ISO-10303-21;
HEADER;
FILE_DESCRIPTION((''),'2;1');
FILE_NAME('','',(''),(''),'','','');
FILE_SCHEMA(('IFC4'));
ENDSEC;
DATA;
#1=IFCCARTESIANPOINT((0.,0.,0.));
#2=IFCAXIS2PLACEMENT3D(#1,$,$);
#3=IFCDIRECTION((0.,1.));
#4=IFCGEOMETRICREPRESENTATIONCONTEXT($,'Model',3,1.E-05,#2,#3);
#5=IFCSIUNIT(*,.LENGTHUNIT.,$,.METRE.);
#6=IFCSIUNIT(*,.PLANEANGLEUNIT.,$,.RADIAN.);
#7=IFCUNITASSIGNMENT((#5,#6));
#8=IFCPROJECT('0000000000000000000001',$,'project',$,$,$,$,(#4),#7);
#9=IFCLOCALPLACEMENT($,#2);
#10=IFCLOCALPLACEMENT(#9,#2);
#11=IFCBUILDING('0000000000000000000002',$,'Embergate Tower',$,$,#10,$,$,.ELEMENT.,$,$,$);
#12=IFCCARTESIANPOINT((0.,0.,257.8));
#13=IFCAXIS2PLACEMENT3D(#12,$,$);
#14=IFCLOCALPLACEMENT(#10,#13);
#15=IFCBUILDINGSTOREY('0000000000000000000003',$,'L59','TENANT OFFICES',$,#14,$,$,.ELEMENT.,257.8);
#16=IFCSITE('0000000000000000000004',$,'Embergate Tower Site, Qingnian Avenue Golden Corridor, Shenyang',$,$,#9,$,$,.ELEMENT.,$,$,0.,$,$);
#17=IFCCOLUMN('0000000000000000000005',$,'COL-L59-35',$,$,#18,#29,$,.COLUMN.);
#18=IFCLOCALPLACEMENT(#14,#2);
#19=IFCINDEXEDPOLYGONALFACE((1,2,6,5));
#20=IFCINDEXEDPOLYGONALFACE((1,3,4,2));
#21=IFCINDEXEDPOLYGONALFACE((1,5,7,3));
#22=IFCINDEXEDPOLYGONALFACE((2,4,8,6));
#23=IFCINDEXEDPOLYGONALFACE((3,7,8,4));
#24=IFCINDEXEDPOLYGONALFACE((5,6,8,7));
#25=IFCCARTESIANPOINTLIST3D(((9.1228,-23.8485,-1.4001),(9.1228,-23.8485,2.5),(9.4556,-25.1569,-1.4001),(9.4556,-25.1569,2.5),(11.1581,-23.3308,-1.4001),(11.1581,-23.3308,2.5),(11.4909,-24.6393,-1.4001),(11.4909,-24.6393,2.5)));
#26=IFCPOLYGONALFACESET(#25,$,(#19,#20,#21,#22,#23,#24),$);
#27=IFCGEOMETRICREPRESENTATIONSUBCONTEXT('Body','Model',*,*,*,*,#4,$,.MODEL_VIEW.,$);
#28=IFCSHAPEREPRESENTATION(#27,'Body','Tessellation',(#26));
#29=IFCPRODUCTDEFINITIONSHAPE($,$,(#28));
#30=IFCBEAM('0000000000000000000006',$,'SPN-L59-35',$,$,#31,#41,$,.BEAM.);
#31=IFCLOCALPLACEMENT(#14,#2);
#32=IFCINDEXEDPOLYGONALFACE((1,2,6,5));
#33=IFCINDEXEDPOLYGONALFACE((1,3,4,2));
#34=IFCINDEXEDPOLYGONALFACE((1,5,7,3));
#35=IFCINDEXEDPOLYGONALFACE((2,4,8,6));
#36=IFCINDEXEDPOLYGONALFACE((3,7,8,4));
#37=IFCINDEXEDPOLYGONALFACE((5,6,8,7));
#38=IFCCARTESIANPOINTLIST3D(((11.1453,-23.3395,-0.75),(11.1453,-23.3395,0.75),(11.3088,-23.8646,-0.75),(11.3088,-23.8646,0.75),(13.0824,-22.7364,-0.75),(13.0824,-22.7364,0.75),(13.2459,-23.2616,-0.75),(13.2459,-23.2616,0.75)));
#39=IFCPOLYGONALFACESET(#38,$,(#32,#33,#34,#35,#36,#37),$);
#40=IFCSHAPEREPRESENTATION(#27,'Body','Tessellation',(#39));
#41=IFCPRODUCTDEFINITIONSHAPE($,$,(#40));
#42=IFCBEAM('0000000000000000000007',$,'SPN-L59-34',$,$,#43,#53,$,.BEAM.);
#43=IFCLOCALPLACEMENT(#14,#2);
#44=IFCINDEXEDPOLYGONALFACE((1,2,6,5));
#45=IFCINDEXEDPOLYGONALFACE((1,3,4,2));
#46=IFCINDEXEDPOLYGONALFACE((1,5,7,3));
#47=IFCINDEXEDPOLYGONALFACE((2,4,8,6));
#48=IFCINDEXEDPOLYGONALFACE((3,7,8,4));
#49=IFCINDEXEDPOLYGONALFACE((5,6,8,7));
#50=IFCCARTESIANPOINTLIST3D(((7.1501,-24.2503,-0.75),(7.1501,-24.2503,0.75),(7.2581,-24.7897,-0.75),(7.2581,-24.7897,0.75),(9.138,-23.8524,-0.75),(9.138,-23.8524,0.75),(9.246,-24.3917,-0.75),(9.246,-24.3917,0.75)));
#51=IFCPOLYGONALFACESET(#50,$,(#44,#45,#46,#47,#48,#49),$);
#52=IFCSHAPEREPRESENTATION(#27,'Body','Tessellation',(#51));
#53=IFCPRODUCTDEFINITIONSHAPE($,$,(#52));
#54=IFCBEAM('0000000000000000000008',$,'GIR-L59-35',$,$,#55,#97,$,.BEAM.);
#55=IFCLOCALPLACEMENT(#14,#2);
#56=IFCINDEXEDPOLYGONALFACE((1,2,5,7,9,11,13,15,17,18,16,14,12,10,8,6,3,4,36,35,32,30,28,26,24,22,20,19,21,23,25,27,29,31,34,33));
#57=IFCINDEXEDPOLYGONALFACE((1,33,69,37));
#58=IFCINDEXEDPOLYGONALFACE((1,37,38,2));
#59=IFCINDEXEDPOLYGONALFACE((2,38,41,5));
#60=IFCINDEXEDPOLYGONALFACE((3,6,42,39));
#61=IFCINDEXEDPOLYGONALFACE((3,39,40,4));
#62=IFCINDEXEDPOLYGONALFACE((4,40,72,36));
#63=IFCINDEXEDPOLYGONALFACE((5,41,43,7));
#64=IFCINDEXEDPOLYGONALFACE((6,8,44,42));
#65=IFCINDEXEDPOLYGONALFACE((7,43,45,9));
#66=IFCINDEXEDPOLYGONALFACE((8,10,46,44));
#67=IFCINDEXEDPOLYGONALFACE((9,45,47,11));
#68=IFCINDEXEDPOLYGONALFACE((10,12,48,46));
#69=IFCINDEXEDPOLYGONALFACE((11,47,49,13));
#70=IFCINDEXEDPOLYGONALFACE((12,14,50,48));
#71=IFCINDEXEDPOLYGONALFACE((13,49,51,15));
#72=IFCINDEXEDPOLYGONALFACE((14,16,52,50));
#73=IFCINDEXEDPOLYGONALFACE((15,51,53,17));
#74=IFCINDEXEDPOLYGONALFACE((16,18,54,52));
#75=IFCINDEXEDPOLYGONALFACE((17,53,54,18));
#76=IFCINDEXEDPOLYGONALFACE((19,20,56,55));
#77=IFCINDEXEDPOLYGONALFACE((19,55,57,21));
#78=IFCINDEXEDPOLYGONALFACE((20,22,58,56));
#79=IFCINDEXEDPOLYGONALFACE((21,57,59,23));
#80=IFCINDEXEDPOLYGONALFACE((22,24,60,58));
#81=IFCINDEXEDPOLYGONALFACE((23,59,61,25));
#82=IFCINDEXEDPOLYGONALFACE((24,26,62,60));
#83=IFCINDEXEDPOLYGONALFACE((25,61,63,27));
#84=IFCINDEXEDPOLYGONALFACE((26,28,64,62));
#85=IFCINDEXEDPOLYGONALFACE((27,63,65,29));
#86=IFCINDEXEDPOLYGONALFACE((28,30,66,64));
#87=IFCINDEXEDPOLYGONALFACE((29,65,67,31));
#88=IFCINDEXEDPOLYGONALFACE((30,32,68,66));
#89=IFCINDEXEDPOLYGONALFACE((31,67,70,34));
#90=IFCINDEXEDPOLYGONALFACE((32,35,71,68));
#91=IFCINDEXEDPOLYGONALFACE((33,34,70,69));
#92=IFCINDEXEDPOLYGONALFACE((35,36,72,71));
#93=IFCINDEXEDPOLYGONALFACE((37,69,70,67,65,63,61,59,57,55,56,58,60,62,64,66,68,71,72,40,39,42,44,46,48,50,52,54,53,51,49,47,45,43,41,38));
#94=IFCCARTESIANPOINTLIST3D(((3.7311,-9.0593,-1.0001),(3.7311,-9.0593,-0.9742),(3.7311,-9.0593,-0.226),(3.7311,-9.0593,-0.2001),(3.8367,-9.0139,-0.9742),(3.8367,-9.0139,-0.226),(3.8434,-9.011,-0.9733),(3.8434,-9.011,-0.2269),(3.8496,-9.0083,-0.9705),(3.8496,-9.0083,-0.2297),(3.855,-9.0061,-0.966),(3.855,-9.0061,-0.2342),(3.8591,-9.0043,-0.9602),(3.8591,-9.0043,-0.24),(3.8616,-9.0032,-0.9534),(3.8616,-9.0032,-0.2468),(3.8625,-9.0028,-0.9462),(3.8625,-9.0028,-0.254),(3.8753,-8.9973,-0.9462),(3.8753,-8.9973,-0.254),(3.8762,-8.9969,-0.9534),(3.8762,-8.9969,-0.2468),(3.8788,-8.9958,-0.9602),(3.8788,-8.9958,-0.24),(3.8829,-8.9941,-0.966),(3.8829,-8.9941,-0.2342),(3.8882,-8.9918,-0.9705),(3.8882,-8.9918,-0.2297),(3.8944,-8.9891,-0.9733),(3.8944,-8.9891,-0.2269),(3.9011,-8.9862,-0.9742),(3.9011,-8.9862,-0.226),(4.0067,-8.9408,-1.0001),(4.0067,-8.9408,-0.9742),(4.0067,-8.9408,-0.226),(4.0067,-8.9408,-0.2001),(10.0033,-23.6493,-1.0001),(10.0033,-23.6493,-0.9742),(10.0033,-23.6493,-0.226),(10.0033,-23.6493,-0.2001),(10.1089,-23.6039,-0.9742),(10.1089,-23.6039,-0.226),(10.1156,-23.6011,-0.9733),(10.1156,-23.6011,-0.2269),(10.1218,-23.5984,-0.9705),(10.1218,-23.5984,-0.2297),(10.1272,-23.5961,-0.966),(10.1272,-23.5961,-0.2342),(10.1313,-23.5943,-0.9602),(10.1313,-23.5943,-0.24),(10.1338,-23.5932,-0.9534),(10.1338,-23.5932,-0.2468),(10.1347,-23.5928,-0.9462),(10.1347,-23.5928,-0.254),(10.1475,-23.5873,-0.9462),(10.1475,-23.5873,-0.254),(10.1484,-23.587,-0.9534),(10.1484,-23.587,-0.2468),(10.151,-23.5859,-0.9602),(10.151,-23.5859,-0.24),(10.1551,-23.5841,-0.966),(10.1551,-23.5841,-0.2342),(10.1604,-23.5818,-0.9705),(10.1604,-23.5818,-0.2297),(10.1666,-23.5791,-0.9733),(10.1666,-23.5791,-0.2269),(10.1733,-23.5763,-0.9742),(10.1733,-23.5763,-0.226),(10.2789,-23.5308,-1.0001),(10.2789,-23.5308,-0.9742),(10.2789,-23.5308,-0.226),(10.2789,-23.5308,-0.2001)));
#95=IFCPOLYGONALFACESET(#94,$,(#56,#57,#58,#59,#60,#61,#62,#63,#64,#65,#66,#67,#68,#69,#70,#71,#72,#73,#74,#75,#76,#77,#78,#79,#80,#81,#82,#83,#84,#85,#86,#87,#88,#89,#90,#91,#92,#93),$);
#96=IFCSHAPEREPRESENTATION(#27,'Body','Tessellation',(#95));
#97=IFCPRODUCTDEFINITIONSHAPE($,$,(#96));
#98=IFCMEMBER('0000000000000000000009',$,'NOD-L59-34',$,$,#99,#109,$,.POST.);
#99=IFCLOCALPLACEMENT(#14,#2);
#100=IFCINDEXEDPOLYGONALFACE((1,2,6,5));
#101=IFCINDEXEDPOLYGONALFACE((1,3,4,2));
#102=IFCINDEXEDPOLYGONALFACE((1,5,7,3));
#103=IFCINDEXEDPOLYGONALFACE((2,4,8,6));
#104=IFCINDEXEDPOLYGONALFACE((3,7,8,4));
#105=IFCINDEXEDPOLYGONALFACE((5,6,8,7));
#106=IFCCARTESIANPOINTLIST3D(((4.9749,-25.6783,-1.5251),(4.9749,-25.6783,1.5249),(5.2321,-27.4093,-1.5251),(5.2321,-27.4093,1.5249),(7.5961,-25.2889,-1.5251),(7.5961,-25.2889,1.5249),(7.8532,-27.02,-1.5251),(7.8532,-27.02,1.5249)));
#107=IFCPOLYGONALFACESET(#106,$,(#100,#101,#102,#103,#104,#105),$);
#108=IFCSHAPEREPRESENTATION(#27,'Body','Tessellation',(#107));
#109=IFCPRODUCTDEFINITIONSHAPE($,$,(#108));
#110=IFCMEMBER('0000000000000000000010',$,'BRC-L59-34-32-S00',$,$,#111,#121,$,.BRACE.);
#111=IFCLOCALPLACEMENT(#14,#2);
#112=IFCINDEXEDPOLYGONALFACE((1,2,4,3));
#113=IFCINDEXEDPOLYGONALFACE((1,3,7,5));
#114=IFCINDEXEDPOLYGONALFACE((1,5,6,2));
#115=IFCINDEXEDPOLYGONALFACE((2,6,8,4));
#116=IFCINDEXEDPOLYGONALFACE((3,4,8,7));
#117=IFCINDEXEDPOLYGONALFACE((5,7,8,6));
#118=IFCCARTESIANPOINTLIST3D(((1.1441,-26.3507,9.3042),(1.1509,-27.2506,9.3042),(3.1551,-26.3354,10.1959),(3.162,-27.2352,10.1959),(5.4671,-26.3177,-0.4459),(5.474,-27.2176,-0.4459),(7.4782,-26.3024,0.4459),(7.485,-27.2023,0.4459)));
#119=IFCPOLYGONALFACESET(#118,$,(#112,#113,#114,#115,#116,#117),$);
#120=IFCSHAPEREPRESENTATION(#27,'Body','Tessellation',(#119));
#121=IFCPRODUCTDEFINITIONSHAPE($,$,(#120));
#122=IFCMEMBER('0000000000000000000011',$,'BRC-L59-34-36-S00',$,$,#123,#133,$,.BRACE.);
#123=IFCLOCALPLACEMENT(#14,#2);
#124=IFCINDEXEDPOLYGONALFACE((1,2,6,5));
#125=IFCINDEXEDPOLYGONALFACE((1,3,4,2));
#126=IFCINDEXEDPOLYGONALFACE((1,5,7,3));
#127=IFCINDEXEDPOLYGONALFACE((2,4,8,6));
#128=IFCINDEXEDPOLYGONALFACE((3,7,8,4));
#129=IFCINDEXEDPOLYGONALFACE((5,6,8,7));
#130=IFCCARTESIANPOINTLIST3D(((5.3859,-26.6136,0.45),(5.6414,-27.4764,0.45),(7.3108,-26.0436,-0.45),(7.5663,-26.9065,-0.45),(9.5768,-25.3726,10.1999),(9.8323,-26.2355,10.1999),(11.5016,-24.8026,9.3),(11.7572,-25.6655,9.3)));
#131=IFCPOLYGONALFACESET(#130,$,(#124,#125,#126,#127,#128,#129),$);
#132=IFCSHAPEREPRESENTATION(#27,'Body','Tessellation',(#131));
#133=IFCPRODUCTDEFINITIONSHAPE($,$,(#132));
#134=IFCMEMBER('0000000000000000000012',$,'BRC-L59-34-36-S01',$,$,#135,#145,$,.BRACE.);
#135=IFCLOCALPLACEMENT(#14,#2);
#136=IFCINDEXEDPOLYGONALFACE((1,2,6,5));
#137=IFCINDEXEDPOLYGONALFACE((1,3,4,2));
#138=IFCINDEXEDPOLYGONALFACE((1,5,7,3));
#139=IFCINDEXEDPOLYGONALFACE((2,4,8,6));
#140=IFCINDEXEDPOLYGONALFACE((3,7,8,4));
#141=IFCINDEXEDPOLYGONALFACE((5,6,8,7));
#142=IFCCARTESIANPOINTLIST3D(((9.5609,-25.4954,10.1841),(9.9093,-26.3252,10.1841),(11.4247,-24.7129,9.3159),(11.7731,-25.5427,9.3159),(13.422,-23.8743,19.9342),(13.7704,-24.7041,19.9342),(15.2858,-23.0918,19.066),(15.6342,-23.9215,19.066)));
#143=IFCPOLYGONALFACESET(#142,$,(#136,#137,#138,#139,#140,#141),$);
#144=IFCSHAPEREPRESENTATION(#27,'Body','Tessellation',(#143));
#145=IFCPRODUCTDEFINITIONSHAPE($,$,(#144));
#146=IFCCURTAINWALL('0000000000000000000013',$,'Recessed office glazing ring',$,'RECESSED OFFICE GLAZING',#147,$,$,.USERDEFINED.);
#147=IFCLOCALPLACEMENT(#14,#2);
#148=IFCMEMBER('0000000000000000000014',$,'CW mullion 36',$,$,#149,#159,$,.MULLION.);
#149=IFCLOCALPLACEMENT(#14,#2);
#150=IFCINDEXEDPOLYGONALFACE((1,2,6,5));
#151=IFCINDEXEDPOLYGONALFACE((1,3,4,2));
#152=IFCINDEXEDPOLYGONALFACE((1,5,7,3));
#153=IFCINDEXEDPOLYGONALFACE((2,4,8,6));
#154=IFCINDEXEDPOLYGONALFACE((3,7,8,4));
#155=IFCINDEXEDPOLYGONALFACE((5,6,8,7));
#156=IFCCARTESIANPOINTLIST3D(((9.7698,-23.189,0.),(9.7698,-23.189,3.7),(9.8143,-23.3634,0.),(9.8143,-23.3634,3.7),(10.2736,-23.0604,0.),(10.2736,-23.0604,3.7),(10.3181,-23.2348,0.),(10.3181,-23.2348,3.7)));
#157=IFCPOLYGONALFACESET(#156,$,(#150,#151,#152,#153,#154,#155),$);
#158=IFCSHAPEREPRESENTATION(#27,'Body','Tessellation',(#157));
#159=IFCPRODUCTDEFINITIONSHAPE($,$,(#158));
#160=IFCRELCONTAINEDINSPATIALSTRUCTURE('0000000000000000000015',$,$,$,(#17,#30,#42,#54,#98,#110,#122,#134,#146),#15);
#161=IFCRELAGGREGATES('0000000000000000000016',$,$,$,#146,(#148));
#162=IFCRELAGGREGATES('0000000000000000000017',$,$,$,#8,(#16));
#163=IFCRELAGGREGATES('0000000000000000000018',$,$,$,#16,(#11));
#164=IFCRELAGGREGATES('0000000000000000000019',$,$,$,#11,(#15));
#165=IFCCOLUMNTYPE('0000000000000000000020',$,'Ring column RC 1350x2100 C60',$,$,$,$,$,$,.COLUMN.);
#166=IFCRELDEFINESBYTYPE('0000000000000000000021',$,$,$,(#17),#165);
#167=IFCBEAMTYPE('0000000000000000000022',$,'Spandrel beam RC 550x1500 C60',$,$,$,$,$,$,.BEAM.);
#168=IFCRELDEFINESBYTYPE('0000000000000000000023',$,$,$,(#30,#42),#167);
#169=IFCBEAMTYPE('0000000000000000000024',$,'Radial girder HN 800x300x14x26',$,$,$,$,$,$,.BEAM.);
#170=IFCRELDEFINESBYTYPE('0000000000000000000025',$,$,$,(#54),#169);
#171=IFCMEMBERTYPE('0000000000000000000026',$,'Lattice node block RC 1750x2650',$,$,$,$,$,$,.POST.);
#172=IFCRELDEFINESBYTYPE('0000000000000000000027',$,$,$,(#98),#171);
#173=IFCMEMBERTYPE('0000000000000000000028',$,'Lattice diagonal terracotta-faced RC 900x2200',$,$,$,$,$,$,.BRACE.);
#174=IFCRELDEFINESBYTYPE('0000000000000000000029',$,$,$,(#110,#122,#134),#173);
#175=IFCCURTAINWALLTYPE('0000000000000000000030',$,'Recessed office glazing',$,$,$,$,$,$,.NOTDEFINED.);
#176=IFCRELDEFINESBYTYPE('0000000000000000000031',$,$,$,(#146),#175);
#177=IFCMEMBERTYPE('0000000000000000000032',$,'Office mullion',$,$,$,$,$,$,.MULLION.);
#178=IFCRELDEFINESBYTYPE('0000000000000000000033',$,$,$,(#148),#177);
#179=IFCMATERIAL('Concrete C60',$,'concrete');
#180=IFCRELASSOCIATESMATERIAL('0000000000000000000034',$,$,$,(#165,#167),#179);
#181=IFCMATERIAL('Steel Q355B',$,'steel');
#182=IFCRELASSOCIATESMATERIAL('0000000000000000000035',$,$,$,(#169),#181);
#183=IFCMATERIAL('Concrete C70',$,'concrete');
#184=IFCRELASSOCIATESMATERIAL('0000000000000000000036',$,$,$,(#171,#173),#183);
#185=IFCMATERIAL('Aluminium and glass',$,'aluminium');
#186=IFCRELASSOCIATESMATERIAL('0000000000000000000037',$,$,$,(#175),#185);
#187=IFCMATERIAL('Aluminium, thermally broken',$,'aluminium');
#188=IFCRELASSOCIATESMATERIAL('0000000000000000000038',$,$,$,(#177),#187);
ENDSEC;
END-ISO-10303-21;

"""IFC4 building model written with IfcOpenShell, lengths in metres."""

from ifc_helpers import new_model, si_unit, direction, frame, origin, origin_2d, place, context, subcontext, project, spatial, rectangle, i_section, extrude, source, transform, mapped, material, material_profile, profile_set, type_object, element, aggregate, save


model = new_model("IFC4")

# Units and contexts
model_context = context("Model", 3, precision=1e-05, world=origin(), true_north=direction((0.0, 1.0)))
body_context = subcontext(model_context, "Body", "Model", "MODEL_VIEW")
ifc_project = project(units=[si_unit("LENGTHUNIT", "METRE"), si_unit("PLANEANGLEUNIT", "RADIAN")], contexts=[model_context])

# Site, building, storey
site_placement = place(None, origin())
site = spatial("IfcSite", under=ifc_project, at=site_placement, Name="Embergate Tower Site, Qingnian Avenue Golden Corridor, Shenyang", CompositionType="ELEMENT", RefElevation=0.0)
building_placement = place(site_placement, origin())
building = spatial("IfcBuilding", under=site, at=building_placement, Name="Embergate Tower", CompositionType="ELEMENT")
storey_placement = place(building_placement, frame((0.0, 0.0, 257.8)))
storey = spatial("IfcBuildingStorey", under=building, at=storey_placement, Name="L59", Description="TENANT OFFICES", CompositionType="ELEMENT", Elevation=257.8)

# Column
ifc_material_1 = material(Name="Concrete C60", Category="concrete")
ifc_material_profile_1 = material_profile(ifc_material_1, rectangle(XDim=1.3501, YDim=2.1001, at=origin_2d()), Name="RC 1350x2100")
ifc_profile_set_1 = profile_set([ifc_material_profile_1], Name="Concrete C60")
column_type = type_object("IfcColumnType", Name="Ring column RC 1350x2100 C60", PredefinedType="COLUMN", material=ifc_profile_set_1)
shared_shape_1 = source(origin(), body_context, "Body", "SweptSolid", [
    extrude(rectangle(XDim=1.3501, YDim=2.1001, at=origin_2d()), origin(), (0.0, 0.0, 1.0), 3.9001),
])
column_placement = place(storey_placement, frame((10.3069, -24.2439, -1.4001), z_axis=(0.0, 0.0, 1.0), x_axis=(0.246492, -0.969145, 0.0)))
element("IfcColumn", 1, at=column_placement, inside=storey, type_object=column_type, Name="COL-L59-35", PredefinedType="COLUMN", context=body_context, shape_type="MappedRepresentation", body=[
    mapped(shared_shape_1, transform((0.0, 0.0, 0.0))),
])

# Beams
ifc_material_profile_2 = material_profile(ifc_material_1, rectangle(XDim=0.55, YDim=1.5, at=origin_2d()), Name="RC 550x1500")
ifc_profile_set_2 = profile_set([ifc_material_profile_2], Name="Concrete C60")
beam_type_1 = type_object("IfcBeamType", Name="Spandrel beam RC 550x1500 C60", PredefinedType="BEAM", material=ifc_profile_set_2)
shared_shape_2 = source(origin(), body_context, "Body", "SweptSolid", [
    extrude(rectangle(XDim=0.55, YDim=1.5, at=origin_2d()), origin(), (0.0, 0.0, 1.0), 2.0288),
])
beam_1_placement = place(storey_placement, frame((11.2271, -23.6021, 0.0), z_axis=(0.954801, 0.297247, 0.0), x_axis=(-0.297247, 0.954801, 0.0)))
element("IfcBeam", 2, at=beam_1_placement, inside=storey, type_object=beam_type_1, Name="SPN-L59-35", PredefinedType="BEAM", context=body_context, shape_type="MappedRepresentation", body=[
    mapped(shared_shape_2, transform((0.0, 0.0, 0.0))),
])
shared_shape_3 = source(origin(), body_context, "Body", "SweptSolid", [
    extrude(rectangle(XDim=0.55, YDim=1.5, at=origin_2d()), origin(), (0.0, 0.0, 1.0), 2.0273),
])
beam_2_placement = place(storey_placement, frame((7.2041, -24.52, 0.0), z_axis=(0.980544, 0.196301, 0.0), x_axis=(-0.196301, 0.980544, 0.0)))
element("IfcBeam", 3, at=beam_2_placement, inside=storey, type_object=beam_type_1, Name="SPN-L59-34", PredefinedType="BEAM", context=body_context, shape_type="MappedRepresentation", body=[
    mapped(shared_shape_3, transform((0.0, 0.0, 0.0))),
])
ifc_material_2 = material(Name="Steel Q355B", Category="steel")
ifc_material_profile_3 = material_profile(ifc_material_2, i_section(OverallWidth=0.3, OverallDepth=0.8, WebThickness=0.0139, FlangeThickness=0.0259, FilletRadius=0.0281, at=origin_2d()), Name="HN 800x300x14x26")
ifc_profile_set_3 = profile_set([ifc_material_profile_3], Name="Steel Q355 grade B")
beam_type_2 = type_object("IfcBeamType", Name="Radial girder HN 800x300x14x26", PredefinedType="BEAM", material=ifc_profile_set_3)
shared_shape_4 = source(origin(), body_context, "Body", "SweptSolid", [
    extrude(i_section(OverallWidth=0.3, OverallDepth=0.8, WebThickness=0.0139, FlangeThickness=0.0259, FilletRadius=0.0281, at=origin_2d()), origin(), (0.0, 0.0, 1.0), 15.8811),
])
beam_3_placement = place(storey_placement, frame((10.1411, -23.5901, -0.6001), z_axis=(-0.394947, 0.918704, 0.0), x_axis=(-0.918704, -0.394947, 0.0)))
element("IfcBeam", 4, at=beam_3_placement, inside=storey, type_object=beam_type_2, Name="GIR-L59-35", PredefinedType="BEAM", context=body_context, shape_type="MappedRepresentation", body=[
    mapped(shared_shape_4, transform((0.0, 0.0, 0.0))),
])

# Members
ifc_material_3 = material(Name="Concrete C70", Category="concrete")
ifc_material_profile_4 = material_profile(ifc_material_3, rectangle(XDim=1.75, YDim=2.6499, at=origin_2d()), Name="RC 1750x2650")
ifc_profile_set_4 = profile_set([ifc_material_profile_4], Name="Concrete C70")
member_type_1 = type_object("IfcMemberType", Name="Lattice node block RC 1750x2650", PredefinedType="POST", material=ifc_profile_set_4)
shared_shape_5 = source(origin(), body_context, "Body", "SweptSolid", [
    extrude(rectangle(XDim=1.75, YDim=2.6499, at=origin_2d()), origin(), (0.0, 0.0, 1.0), 3.05),
])
member_1_placement = place(storey_placement, frame((6.4141, -26.3491, -1.5251), z_axis=(0.0, 0.0, 1.0), x_axis=(0.146929, -0.989147, 0.0)))
element("IfcMember", 5, at=member_1_placement, inside=storey, type_object=member_type_1, Name="NOD-L59-34", PredefinedType="POST", context=body_context, shape_type="MappedRepresentation", body=[
    mapped(shared_shape_5, transform((0.0, 0.0, 0.0))),
])
ifc_material_profile_5 = material_profile(ifc_material_3, rectangle(XDim=0.8999, YDim=2.2, at=origin_2d()), Name="RC 900x2200")
ifc_profile_set_5 = profile_set([ifc_material_profile_5], Name="Concrete C70")
member_type_2 = type_object("IfcMemberType", Name="Lattice diagonal terracotta-faced RC 900x2200", PredefinedType="BRACE", material=ifc_profile_set_5)
shared_shape_6 = source(origin(), body_context, "Body", "SweptSolid", [
    extrude(rectangle(XDim=0.8999, YDim=2.2, at=origin_2d()), origin(), (0.0, 0.0, 1.0), 10.6655),
])
member_2_placement = place(storey_placement, frame((6.4761, -26.76, 0.0), z_axis=(-0.405327, -0.00309, 0.914166), x_axis=(0.007624, -0.999971, 0.0)))
element("IfcMember", 6, at=member_2_placement, inside=storey, type_object=member_type_2, Name="BRC-L59-34-32-S00", PredefinedType="BRACE", context=body_context, shape_type="MappedRepresentation", body=[
    mapped(shared_shape_6, transform((0.0, 0.0, 0.0))),
])
shared_shape_7 = source(origin(), body_context, "Body", "SweptSolid", [
    extrude(rectangle(XDim=0.8999, YDim=2.2, at=origin_2d()), origin(), (0.0, 0.0, 1.0), 10.6848),
])
member_3_placement = place(storey_placement, frame((6.4761, -26.76, 0.0), z_axis=(0.392229, 0.116143, 0.912506), x_axis=(-0.283923, 0.958847, 0.0)))
element("IfcMember", 7, at=member_3_placement, inside=storey, type_object=member_type_2, Name="BRC-L59-34-36-S00", PredefinedType="BRACE", context=body_context, shape_type="MappedRepresentation", body=[
    mapped(shared_shape_7, transform((0.0, 0.0, 0.0))),
])
shared_shape_8 = source(origin(), body_context, "Body", "SweptSolid", [
    extrude(rectangle(XDim=0.8999, YDim=2.2, at=origin_2d()), origin(), (0.0, 0.0, 1.0), 10.6113),
])
member_4_placement = place(storey_placement, frame((10.667, -25.519, 9.75), z_axis=(0.363867, 0.152771, 0.918837), x_axis=(-0.387118, 0.92203, 0.0)))
element("IfcMember", 8, at=member_4_placement, inside=storey, type_object=member_type_2, Name="BRC-L59-34-36-S01", PredefinedType="BRACE", context=body_context, shape_type="MappedRepresentation", body=[
    mapped(shared_shape_8, transform((0.0, 0.0, 0.0))),
])

# Curtain wall, member
ifc_material_4 = material(Name="Aluminium and glass", Category="aluminium")
curtain_wall_type = type_object("IfcCurtainWallType", Name="Recessed office glazing", PredefinedType="NOTDEFINED", material=ifc_material_4)
curtain_wall_placement = place(storey_placement, origin())
curtain_wall = element("IfcCurtainWall", 9, at=curtain_wall_placement, inside=storey, type_object=curtain_wall_type, Name="Recessed office glazing ring", ObjectType="RECESSED OFFICE GLAZING", PredefinedType="USERDEFINED")
ifc_material_5 = material(Name="Aluminium, thermally broken", Category="aluminium")
ifc_material_profile_6 = material_profile(ifc_material_5, rectangle(XDim=0.1799, YDim=0.52, at=origin_2d()), Name="AL 520x180")
ifc_profile_set_6 = profile_set([ifc_material_profile_6], Name="Aluminium, thermally broken")
member_type_3 = type_object("IfcMemberType", Name="Office mullion", PredefinedType="MULLION", material=ifc_profile_set_6)
shared_shape_9 = source(origin(), body_context, "Body", "SweptSolid", [
    extrude(rectangle(XDim=0.1799, YDim=0.52, at=origin_2d()), origin(), (0.0, 0.0, 1.0), 3.7),
])
member_5_placement = place(storey_placement, frame((10.0439, -23.2119, 0.0), z_axis=(0.0, 0.0, 1.0), x_axis=(-0.247308, 0.968937, 0.0)))
member_5 = element("IfcMember", 10, at=member_5_placement, type_object=member_type_3, Name="CW mullion 36", PredefinedType="MULLION", context=body_context, shape_type="MappedRepresentation", body=[
    mapped(shared_shape_9, transform((0.0, 0.0, 0.0))),
])
aggregate(curtain_wall, [member_5])

save(model, "model.ifc")
